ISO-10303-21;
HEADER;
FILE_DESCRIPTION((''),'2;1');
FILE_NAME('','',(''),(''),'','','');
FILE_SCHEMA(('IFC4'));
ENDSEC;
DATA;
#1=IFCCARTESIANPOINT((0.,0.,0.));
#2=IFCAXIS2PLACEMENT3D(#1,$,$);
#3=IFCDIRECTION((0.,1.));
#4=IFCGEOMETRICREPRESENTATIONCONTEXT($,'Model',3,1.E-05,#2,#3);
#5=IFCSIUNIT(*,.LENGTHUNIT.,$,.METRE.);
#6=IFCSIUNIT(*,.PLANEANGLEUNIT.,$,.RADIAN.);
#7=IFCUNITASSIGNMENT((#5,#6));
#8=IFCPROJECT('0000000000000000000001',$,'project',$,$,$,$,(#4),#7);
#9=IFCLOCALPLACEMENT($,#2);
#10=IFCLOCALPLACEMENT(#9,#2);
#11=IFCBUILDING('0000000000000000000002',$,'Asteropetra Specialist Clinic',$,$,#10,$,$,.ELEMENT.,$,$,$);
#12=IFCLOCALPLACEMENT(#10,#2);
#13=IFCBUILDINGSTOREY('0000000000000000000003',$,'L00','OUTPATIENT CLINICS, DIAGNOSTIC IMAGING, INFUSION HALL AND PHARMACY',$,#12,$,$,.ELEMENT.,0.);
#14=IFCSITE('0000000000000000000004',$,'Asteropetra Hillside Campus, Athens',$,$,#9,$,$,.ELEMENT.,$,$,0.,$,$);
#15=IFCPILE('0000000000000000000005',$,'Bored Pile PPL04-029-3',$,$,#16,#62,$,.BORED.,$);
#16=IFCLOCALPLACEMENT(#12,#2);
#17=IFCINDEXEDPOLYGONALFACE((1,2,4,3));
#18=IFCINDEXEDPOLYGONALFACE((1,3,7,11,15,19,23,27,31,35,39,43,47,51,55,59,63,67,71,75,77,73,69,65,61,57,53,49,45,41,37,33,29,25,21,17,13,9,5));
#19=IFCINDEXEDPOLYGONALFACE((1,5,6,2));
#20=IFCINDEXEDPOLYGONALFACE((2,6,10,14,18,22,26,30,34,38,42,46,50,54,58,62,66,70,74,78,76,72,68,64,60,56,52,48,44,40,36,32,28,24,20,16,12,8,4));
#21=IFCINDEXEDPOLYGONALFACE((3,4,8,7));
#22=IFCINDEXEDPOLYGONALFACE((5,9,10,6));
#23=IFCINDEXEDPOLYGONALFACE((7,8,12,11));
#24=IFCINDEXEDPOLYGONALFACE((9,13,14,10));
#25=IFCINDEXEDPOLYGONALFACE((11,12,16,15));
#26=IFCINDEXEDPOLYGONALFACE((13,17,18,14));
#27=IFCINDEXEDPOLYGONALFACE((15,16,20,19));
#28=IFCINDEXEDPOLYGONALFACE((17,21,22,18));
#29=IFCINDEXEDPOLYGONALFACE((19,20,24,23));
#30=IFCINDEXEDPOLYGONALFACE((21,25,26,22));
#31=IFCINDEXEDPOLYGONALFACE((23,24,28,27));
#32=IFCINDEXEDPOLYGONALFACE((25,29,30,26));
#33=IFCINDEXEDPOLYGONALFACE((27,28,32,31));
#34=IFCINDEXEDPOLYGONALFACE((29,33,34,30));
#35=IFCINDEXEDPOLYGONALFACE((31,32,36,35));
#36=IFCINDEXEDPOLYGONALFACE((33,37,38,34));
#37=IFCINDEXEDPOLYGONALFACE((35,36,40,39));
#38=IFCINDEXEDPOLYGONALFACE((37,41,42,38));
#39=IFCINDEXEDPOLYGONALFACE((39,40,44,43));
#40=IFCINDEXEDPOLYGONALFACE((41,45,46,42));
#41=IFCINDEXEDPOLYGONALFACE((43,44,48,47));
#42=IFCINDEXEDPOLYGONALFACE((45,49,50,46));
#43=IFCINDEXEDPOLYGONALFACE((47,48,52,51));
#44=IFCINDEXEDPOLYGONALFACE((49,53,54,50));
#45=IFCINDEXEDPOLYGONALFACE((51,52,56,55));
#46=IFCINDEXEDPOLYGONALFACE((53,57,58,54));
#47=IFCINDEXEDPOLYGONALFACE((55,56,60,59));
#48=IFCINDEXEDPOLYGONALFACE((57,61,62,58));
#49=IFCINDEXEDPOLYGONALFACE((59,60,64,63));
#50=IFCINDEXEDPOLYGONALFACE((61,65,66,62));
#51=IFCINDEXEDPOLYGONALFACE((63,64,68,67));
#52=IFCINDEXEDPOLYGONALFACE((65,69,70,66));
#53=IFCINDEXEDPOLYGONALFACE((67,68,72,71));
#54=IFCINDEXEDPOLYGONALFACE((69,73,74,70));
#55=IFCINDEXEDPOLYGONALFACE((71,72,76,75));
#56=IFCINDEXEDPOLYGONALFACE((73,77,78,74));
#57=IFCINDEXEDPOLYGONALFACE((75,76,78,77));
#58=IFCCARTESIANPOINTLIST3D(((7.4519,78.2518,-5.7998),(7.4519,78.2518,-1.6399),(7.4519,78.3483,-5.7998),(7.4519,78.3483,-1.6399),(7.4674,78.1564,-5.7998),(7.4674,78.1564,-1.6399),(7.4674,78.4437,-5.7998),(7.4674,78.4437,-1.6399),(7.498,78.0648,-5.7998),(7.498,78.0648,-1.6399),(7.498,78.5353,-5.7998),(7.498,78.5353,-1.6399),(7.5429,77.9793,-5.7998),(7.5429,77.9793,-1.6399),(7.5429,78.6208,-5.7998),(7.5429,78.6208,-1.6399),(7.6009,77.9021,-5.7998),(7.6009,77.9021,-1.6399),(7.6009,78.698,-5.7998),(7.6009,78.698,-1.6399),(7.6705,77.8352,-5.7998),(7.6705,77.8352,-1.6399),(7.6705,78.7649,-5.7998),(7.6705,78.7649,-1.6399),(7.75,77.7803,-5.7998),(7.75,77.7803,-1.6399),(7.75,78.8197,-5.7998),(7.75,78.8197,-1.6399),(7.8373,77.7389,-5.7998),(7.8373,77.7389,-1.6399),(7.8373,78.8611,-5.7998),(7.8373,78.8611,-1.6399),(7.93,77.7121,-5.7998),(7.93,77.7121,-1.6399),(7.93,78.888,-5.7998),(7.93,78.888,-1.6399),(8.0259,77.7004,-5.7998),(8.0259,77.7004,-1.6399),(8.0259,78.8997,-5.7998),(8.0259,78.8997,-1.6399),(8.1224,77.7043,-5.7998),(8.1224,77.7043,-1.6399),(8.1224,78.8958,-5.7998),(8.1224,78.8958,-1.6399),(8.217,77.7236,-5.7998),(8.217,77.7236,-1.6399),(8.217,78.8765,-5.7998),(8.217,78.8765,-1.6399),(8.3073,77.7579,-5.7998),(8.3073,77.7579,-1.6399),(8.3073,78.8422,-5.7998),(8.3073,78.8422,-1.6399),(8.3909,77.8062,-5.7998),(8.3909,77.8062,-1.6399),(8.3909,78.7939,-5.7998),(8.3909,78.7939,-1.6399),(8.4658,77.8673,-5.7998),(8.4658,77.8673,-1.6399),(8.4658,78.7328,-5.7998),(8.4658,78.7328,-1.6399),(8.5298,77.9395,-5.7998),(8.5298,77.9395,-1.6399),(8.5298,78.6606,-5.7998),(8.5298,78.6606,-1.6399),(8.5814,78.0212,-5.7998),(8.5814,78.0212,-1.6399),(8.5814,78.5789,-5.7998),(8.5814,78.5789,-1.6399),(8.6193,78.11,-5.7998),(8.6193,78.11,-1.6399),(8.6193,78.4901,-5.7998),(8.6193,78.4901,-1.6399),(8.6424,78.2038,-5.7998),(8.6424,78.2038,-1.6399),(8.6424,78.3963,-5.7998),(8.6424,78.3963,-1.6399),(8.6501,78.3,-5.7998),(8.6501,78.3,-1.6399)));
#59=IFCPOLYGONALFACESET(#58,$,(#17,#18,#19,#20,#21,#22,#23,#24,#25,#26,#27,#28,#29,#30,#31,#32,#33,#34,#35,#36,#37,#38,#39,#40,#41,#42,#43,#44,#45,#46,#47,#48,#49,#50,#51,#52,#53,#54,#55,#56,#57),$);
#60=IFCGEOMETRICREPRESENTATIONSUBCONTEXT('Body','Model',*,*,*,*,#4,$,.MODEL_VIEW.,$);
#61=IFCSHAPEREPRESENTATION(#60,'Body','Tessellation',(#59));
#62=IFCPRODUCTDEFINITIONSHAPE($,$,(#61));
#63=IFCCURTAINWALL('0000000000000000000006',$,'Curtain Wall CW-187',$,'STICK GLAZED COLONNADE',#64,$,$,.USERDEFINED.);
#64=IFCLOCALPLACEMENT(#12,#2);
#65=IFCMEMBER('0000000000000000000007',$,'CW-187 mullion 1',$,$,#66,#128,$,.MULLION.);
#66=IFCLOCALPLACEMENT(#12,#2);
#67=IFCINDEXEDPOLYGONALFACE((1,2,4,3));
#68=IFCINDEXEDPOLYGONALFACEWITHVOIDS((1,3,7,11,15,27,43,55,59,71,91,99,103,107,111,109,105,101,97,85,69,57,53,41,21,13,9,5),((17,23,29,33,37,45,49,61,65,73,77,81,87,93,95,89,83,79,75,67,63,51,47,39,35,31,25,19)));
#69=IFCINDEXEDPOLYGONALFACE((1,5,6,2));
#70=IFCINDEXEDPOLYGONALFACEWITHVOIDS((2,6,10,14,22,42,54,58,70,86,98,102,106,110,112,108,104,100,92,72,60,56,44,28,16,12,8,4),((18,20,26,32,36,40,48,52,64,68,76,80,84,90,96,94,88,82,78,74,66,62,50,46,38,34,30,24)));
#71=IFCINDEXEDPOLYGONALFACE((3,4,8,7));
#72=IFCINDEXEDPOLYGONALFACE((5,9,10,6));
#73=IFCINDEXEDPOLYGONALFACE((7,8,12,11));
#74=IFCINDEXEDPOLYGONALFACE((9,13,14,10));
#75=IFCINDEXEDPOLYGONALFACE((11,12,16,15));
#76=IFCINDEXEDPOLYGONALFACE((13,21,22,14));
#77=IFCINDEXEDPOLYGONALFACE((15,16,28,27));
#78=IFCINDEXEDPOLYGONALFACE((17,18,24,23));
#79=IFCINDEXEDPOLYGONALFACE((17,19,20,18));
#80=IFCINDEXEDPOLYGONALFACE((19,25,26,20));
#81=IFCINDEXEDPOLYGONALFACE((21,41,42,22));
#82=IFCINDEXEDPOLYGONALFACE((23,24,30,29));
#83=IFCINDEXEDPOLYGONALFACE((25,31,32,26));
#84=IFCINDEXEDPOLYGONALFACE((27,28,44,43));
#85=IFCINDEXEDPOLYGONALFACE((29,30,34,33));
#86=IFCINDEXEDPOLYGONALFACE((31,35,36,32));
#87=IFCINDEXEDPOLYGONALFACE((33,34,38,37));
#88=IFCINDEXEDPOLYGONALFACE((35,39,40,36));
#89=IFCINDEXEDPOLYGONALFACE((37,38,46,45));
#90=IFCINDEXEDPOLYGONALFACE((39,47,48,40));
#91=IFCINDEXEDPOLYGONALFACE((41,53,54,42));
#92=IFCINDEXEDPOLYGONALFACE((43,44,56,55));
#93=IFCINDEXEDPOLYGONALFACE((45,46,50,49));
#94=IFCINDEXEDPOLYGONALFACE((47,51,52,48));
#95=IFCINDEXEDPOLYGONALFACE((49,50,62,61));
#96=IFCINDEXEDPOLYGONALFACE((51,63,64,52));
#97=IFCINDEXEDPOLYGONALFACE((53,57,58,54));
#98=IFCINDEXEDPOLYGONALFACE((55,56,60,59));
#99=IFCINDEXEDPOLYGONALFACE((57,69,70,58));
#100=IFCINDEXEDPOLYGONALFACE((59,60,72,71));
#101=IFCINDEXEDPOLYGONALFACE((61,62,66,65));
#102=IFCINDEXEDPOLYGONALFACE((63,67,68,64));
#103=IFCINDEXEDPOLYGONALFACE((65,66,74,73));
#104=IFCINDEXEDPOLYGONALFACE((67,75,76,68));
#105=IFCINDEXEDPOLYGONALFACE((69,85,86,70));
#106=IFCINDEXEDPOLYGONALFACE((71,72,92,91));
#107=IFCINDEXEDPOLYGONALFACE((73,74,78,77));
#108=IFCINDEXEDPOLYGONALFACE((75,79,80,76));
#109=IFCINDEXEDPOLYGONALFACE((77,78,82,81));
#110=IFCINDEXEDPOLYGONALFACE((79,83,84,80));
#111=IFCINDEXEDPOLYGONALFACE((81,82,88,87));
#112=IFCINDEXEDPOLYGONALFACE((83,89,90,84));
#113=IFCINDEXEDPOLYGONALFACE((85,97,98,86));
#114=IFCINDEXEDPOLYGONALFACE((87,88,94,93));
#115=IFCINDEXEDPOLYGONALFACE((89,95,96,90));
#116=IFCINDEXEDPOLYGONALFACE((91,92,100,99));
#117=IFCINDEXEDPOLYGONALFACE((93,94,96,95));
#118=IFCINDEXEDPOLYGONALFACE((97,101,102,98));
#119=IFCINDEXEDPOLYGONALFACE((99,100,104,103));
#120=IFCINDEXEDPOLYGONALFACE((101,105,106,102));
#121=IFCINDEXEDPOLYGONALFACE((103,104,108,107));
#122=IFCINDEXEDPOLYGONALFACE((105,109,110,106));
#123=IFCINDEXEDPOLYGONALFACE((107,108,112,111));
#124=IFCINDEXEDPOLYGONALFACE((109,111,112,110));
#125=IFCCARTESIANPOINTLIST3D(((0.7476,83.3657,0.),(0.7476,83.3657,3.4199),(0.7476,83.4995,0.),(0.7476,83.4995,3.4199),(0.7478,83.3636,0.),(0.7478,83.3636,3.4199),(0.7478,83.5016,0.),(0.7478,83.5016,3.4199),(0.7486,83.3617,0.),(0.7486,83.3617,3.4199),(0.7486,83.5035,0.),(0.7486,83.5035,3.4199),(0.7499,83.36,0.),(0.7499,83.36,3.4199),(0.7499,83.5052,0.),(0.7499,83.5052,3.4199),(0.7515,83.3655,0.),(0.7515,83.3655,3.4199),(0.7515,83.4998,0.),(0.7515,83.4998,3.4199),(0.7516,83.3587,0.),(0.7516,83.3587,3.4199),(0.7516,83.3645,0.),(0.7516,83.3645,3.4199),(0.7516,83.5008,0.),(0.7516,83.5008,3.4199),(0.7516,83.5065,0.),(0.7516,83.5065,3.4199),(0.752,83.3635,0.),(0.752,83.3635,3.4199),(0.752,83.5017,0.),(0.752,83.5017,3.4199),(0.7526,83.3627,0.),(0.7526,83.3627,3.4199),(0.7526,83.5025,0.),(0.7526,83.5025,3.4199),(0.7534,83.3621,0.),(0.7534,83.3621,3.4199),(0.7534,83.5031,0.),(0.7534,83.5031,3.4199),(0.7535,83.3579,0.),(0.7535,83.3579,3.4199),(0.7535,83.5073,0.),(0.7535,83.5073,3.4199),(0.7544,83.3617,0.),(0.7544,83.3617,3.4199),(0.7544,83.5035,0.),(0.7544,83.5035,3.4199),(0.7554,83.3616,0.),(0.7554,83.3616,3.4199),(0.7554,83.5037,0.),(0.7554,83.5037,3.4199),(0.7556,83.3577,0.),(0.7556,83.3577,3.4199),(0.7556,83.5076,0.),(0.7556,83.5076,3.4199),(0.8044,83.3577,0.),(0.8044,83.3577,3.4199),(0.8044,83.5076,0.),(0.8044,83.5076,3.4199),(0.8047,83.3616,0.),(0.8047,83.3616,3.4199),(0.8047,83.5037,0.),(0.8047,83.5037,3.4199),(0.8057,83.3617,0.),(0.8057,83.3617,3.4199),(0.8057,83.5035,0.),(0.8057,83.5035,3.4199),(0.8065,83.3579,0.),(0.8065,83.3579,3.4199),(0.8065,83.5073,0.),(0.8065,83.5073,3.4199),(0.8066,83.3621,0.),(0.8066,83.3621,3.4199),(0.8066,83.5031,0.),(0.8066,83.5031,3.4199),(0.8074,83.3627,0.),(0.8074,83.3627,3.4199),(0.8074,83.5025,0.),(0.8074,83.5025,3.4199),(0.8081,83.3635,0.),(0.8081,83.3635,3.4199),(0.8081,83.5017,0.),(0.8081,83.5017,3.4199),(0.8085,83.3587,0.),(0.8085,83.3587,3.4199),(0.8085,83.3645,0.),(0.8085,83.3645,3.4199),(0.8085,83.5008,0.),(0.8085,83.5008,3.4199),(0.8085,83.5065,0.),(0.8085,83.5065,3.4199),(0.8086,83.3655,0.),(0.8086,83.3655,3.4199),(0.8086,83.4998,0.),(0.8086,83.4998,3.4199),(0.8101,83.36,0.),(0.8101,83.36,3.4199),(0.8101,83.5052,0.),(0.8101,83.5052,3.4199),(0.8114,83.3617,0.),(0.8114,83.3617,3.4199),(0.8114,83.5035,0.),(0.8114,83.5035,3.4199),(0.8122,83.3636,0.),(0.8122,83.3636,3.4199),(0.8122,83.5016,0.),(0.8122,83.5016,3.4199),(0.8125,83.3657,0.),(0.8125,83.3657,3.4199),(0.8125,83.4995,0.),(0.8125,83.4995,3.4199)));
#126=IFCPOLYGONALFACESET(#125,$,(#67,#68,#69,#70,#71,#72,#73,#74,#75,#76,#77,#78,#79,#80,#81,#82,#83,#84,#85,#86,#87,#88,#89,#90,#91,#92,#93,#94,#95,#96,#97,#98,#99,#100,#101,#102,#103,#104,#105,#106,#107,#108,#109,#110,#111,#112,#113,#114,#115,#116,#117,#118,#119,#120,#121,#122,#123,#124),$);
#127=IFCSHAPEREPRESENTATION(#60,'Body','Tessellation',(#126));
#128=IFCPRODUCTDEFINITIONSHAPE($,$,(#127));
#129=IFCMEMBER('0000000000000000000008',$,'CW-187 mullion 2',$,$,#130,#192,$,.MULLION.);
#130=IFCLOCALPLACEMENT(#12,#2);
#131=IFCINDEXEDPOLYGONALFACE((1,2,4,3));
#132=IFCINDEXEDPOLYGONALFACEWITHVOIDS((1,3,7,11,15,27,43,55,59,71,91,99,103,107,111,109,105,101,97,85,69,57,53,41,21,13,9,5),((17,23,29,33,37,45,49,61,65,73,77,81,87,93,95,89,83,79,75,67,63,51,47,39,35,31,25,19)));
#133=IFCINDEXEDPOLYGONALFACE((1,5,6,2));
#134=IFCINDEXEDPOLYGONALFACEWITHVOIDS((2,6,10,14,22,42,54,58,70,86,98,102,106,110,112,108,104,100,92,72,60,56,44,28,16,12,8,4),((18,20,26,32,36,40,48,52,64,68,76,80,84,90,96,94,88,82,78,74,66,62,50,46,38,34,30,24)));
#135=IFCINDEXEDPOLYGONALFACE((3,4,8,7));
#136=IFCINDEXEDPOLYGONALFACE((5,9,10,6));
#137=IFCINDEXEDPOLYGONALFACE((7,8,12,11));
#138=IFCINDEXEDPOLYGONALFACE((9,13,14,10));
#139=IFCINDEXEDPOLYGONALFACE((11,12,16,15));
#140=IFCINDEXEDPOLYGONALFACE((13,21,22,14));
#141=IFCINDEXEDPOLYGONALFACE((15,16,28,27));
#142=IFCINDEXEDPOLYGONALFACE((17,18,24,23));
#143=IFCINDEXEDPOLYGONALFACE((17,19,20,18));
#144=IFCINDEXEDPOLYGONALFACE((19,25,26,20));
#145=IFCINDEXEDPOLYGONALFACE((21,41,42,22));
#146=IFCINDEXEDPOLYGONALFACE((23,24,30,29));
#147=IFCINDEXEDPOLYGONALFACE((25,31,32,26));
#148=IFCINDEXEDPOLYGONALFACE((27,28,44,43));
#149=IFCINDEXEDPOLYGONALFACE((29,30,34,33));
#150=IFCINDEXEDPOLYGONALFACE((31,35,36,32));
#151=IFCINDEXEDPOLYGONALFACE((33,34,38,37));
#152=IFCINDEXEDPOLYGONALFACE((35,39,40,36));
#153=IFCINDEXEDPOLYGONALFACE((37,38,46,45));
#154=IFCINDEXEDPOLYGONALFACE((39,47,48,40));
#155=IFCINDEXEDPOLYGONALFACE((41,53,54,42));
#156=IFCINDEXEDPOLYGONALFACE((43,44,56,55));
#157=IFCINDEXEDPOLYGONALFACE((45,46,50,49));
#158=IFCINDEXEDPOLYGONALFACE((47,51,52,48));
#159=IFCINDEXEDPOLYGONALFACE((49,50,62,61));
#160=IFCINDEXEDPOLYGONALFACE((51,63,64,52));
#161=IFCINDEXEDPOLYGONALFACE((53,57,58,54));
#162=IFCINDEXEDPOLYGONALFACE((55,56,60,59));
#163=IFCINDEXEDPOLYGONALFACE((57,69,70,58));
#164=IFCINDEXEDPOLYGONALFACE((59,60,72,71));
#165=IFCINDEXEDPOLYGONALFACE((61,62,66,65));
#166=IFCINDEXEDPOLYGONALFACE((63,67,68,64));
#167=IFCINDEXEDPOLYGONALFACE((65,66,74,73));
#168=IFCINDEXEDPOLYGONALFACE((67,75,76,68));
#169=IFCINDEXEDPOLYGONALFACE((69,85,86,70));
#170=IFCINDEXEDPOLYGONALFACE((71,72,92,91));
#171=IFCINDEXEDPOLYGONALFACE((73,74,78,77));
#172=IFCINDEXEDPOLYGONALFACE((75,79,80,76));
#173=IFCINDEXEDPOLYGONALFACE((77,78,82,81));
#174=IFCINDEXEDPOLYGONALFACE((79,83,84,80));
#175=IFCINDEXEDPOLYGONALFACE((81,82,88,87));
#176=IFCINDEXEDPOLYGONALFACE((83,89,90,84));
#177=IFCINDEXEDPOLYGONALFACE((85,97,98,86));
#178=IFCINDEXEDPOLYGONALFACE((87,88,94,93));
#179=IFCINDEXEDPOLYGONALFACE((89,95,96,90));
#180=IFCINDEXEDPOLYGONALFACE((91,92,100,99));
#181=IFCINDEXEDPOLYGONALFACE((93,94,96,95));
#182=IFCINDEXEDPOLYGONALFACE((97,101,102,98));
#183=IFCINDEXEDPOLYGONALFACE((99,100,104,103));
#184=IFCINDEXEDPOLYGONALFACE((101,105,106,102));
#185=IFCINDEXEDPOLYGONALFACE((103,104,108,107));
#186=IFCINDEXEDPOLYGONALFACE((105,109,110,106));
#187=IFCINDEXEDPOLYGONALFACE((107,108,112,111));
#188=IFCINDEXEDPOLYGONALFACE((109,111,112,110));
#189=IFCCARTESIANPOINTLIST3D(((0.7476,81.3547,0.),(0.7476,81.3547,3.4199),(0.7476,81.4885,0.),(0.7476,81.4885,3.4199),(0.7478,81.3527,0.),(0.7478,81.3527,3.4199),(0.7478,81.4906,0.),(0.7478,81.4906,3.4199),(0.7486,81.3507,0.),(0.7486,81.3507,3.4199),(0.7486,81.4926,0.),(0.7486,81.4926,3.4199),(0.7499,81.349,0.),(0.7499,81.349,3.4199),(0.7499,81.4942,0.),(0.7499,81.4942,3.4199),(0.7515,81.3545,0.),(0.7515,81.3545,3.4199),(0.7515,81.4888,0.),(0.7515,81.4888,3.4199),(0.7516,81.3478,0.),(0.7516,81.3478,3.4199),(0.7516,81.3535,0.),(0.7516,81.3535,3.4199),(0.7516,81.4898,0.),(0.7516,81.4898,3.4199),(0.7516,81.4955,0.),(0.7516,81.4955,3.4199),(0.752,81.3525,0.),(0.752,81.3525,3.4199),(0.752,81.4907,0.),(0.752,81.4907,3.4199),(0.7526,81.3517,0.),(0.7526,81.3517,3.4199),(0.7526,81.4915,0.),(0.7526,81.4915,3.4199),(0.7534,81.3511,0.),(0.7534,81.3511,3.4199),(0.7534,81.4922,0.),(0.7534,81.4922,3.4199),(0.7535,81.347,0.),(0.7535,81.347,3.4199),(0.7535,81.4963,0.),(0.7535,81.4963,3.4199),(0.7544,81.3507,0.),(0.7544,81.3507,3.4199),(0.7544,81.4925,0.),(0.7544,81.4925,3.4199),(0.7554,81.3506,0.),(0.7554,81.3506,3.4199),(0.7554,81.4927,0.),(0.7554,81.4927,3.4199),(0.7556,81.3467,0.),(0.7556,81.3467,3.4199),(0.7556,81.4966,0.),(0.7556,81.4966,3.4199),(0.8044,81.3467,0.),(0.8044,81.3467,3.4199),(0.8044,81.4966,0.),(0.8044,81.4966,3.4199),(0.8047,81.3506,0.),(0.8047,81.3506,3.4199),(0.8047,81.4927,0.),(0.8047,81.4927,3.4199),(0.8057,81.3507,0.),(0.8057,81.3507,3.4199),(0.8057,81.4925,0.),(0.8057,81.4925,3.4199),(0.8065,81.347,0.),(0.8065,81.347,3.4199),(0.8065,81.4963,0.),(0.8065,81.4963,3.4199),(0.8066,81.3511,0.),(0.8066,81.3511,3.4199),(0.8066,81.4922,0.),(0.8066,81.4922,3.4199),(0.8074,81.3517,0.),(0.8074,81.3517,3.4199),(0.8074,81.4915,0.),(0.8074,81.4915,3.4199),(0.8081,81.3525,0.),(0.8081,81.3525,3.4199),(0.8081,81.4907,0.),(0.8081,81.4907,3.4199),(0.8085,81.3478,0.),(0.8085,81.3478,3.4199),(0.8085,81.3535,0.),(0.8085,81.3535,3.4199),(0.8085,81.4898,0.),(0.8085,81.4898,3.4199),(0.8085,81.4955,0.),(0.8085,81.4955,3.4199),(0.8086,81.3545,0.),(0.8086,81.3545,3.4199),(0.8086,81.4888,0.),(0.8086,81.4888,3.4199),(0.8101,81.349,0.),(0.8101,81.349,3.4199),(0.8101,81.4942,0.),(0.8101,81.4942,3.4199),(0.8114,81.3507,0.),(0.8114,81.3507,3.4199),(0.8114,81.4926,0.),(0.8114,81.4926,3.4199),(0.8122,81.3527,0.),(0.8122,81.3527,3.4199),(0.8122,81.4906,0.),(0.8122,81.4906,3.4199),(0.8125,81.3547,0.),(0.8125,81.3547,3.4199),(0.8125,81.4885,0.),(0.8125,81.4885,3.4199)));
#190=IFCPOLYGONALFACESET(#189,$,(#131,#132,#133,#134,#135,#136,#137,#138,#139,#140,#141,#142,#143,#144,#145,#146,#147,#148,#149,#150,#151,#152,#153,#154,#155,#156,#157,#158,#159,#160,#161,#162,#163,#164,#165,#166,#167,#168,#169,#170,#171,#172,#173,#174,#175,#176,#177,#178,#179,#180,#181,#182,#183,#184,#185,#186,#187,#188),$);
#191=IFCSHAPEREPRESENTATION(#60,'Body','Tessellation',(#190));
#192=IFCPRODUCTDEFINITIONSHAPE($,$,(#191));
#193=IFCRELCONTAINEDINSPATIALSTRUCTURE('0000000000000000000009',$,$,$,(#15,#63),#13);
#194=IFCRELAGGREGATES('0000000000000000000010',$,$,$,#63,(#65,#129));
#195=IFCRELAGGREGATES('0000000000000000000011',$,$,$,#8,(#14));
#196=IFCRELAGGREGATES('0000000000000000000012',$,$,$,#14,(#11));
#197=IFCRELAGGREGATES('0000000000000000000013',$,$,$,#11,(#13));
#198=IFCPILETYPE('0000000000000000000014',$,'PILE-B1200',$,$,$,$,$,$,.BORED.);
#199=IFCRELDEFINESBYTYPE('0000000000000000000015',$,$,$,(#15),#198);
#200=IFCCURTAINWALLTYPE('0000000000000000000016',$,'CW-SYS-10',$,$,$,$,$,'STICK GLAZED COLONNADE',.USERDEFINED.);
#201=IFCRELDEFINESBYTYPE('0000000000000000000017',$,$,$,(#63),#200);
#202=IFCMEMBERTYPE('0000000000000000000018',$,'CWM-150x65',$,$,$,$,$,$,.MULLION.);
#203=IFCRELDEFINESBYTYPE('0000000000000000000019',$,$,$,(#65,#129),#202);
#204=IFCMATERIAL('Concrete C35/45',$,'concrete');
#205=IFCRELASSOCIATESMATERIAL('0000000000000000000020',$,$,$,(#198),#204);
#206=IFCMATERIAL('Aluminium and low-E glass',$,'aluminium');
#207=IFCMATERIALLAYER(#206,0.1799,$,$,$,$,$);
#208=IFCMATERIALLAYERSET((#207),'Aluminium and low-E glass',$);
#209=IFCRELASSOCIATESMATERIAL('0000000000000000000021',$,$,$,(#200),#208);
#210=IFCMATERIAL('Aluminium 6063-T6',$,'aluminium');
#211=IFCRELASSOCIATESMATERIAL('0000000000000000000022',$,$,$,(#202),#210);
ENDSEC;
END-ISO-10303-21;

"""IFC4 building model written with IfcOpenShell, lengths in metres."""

from ifc_helpers import new_model, si_unit, direction, frame, origin, origin_2d, place, context, subcontext, project, spatial, hollow_rectangle, circle, extrude, material, layer, layer_set, material_profile, profile_set, type_object, element, aggregate, save


model = new_model("IFC4")

# Units and contexts
model_context = context("Model", 3, precision=1e-05, world=origin(), true_north=direction((0.0, 1.0)))
body_context = subcontext(model_context, "Body", "Model", "MODEL_VIEW")
ifc_project = project(units=[si_unit("LENGTHUNIT", "METRE"), si_unit("PLANEANGLEUNIT", "RADIAN")], contexts=[model_context])

# Site, building, storey
site_placement = place(None, origin())
site = spatial("IfcSite", under=ifc_project, at=site_placement, Name="Asteropetra Hillside Campus, Athens", CompositionType="ELEMENT", RefElevation=0.0)
building_placement = place(site_placement, origin())
building = spatial("IfcBuilding", under=site, at=building_placement, Name="Asteropetra Specialist Clinic", CompositionType="ELEMENT")
storey_placement = place(building_placement, origin())
storey = spatial("IfcBuildingStorey", under=building, at=storey_placement, Name="L00", Description="OUTPATIENT CLINICS, DIAGNOSTIC IMAGING, INFUSION HALL AND PHARMACY", CompositionType="ELEMENT", Elevation=0.0)

# Pile
ifc_material_1 = material(Name="Concrete C35/45", Category="concrete")
ifc_material_profile_1 = material_profile(ifc_material_1, circle(Radius=0.6001, at=origin_2d()), Name="PILE D1200")
ifc_profile_set_1 = profile_set([ifc_material_profile_1], Name="Concrete C35/45")
pile_type_1 = type_object("IfcPileType", Name="PILE-B1200", PredefinedType="BORED", material=ifc_profile_set_1)
for number, where, z_axis, x_axis, name in (
    (1, (8.05, 78.3, -1.6399), (0.0, 0.0, -1.0), (1.0, 0.0, 0.0), "Bored Pile PPL04-029-3"),
):
    element("IfcPile", number, at=place(storey_placement, frame(where, z_axis=z_axis, x_axis=x_axis)), inside=storey, type_object=pile_type_1, Name=name, PredefinedType="BORED", context=body_context, shape_type="SweptSolid", body=[
        extrude(circle(Radius=0.6001, at=origin_2d()), origin(), (0.0, 0.0, 1.0), 4.1599),
    ])

# Curtain wall, members
ifc_material_2 = material(Name="Aluminium and low-E glass", Category="aluminium")
ifc_layer_1 = layer(ifc_material_2, 0.1799)
ifc_layer_set_1 = layer_set([ifc_layer_1], Name="Aluminium and low-E glass")
curtain_wall_type = type_object("IfcCurtainWallType", Name="CW-SYS-10", ElementType="STICK GLAZED COLONNADE", PredefinedType="USERDEFINED", material=ifc_layer_set_1)
curtain_wall_placement = place(storey_placement, origin())
curtain_wall = element("IfcCurtainWall", 2, at=curtain_wall_placement, inside=storey, type_object=curtain_wall_type, Name="Curtain Wall CW-187", ObjectType="STICK GLAZED COLONNADE", PredefinedType="USERDEFINED")
ifc_material_3 = material(Name="Aluminium 6063-T6", Category="aluminium")
ifc_material_profile_2 = material_profile(ifc_material_3, hollow_rectangle(XDim=0.0649, YDim=0.1499, WallThickness=0.0039, InnerFilletRadius=0.0039, OuterFilletRadius=0.0081, at=origin_2d()), Name="MUL 150x65x4.0")
ifc_profile_set_2 = profile_set([ifc_material_profile_2], Name="Aluminium 6063-T6")
member_type_1 = type_object("IfcMemberType", Name="CWM-150x65", PredefinedType="MULLION", material=ifc_profile_set_2)
member_1_placement = place(storey_placement, frame((0.78, 83.4326, 0.0), z_axis=(0.0, 0.0, 1.0), x_axis=(1.0, 0.0, 0.0)))
member_1 = element("IfcMember", 3, at=member_1_placement, type_object=member_type_1, Name="CW-187 mullion 1", PredefinedType="MULLION", context=body_context, shape_type="SweptSolid", body=[
    extrude(hollow_rectangle(XDim=0.0649, YDim=0.1499, WallThickness=0.0039, InnerFilletRadius=0.0039, OuterFilletRadius=0.0081, at=origin_2d()), origin(), (0.0, 0.0, 1.0), 3.4199),
])
member_2_placement = place(storey_placement, frame((0.78, 81.4216, 0.0), z_axis=(0.0, 0.0, 1.0), x_axis=(1.0, 0.0, 0.0)))
member_2 = element("IfcMember", 4, at=member_2_placement, type_object=member_type_1, Name="CW-187 mullion 2", PredefinedType="MULLION", context=body_context, shape_type="SweptSolid", body=[
    extrude(hollow_rectangle(XDim=0.0649, YDim=0.1499, WallThickness=0.0039, InnerFilletRadius=0.0039, OuterFilletRadius=0.0081, at=origin_2d()), origin(), (0.0, 0.0, 1.0), 3.4199),
])
aggregate(curtain_wall, [member_1, member_2])

save(model, "model.ifc")
